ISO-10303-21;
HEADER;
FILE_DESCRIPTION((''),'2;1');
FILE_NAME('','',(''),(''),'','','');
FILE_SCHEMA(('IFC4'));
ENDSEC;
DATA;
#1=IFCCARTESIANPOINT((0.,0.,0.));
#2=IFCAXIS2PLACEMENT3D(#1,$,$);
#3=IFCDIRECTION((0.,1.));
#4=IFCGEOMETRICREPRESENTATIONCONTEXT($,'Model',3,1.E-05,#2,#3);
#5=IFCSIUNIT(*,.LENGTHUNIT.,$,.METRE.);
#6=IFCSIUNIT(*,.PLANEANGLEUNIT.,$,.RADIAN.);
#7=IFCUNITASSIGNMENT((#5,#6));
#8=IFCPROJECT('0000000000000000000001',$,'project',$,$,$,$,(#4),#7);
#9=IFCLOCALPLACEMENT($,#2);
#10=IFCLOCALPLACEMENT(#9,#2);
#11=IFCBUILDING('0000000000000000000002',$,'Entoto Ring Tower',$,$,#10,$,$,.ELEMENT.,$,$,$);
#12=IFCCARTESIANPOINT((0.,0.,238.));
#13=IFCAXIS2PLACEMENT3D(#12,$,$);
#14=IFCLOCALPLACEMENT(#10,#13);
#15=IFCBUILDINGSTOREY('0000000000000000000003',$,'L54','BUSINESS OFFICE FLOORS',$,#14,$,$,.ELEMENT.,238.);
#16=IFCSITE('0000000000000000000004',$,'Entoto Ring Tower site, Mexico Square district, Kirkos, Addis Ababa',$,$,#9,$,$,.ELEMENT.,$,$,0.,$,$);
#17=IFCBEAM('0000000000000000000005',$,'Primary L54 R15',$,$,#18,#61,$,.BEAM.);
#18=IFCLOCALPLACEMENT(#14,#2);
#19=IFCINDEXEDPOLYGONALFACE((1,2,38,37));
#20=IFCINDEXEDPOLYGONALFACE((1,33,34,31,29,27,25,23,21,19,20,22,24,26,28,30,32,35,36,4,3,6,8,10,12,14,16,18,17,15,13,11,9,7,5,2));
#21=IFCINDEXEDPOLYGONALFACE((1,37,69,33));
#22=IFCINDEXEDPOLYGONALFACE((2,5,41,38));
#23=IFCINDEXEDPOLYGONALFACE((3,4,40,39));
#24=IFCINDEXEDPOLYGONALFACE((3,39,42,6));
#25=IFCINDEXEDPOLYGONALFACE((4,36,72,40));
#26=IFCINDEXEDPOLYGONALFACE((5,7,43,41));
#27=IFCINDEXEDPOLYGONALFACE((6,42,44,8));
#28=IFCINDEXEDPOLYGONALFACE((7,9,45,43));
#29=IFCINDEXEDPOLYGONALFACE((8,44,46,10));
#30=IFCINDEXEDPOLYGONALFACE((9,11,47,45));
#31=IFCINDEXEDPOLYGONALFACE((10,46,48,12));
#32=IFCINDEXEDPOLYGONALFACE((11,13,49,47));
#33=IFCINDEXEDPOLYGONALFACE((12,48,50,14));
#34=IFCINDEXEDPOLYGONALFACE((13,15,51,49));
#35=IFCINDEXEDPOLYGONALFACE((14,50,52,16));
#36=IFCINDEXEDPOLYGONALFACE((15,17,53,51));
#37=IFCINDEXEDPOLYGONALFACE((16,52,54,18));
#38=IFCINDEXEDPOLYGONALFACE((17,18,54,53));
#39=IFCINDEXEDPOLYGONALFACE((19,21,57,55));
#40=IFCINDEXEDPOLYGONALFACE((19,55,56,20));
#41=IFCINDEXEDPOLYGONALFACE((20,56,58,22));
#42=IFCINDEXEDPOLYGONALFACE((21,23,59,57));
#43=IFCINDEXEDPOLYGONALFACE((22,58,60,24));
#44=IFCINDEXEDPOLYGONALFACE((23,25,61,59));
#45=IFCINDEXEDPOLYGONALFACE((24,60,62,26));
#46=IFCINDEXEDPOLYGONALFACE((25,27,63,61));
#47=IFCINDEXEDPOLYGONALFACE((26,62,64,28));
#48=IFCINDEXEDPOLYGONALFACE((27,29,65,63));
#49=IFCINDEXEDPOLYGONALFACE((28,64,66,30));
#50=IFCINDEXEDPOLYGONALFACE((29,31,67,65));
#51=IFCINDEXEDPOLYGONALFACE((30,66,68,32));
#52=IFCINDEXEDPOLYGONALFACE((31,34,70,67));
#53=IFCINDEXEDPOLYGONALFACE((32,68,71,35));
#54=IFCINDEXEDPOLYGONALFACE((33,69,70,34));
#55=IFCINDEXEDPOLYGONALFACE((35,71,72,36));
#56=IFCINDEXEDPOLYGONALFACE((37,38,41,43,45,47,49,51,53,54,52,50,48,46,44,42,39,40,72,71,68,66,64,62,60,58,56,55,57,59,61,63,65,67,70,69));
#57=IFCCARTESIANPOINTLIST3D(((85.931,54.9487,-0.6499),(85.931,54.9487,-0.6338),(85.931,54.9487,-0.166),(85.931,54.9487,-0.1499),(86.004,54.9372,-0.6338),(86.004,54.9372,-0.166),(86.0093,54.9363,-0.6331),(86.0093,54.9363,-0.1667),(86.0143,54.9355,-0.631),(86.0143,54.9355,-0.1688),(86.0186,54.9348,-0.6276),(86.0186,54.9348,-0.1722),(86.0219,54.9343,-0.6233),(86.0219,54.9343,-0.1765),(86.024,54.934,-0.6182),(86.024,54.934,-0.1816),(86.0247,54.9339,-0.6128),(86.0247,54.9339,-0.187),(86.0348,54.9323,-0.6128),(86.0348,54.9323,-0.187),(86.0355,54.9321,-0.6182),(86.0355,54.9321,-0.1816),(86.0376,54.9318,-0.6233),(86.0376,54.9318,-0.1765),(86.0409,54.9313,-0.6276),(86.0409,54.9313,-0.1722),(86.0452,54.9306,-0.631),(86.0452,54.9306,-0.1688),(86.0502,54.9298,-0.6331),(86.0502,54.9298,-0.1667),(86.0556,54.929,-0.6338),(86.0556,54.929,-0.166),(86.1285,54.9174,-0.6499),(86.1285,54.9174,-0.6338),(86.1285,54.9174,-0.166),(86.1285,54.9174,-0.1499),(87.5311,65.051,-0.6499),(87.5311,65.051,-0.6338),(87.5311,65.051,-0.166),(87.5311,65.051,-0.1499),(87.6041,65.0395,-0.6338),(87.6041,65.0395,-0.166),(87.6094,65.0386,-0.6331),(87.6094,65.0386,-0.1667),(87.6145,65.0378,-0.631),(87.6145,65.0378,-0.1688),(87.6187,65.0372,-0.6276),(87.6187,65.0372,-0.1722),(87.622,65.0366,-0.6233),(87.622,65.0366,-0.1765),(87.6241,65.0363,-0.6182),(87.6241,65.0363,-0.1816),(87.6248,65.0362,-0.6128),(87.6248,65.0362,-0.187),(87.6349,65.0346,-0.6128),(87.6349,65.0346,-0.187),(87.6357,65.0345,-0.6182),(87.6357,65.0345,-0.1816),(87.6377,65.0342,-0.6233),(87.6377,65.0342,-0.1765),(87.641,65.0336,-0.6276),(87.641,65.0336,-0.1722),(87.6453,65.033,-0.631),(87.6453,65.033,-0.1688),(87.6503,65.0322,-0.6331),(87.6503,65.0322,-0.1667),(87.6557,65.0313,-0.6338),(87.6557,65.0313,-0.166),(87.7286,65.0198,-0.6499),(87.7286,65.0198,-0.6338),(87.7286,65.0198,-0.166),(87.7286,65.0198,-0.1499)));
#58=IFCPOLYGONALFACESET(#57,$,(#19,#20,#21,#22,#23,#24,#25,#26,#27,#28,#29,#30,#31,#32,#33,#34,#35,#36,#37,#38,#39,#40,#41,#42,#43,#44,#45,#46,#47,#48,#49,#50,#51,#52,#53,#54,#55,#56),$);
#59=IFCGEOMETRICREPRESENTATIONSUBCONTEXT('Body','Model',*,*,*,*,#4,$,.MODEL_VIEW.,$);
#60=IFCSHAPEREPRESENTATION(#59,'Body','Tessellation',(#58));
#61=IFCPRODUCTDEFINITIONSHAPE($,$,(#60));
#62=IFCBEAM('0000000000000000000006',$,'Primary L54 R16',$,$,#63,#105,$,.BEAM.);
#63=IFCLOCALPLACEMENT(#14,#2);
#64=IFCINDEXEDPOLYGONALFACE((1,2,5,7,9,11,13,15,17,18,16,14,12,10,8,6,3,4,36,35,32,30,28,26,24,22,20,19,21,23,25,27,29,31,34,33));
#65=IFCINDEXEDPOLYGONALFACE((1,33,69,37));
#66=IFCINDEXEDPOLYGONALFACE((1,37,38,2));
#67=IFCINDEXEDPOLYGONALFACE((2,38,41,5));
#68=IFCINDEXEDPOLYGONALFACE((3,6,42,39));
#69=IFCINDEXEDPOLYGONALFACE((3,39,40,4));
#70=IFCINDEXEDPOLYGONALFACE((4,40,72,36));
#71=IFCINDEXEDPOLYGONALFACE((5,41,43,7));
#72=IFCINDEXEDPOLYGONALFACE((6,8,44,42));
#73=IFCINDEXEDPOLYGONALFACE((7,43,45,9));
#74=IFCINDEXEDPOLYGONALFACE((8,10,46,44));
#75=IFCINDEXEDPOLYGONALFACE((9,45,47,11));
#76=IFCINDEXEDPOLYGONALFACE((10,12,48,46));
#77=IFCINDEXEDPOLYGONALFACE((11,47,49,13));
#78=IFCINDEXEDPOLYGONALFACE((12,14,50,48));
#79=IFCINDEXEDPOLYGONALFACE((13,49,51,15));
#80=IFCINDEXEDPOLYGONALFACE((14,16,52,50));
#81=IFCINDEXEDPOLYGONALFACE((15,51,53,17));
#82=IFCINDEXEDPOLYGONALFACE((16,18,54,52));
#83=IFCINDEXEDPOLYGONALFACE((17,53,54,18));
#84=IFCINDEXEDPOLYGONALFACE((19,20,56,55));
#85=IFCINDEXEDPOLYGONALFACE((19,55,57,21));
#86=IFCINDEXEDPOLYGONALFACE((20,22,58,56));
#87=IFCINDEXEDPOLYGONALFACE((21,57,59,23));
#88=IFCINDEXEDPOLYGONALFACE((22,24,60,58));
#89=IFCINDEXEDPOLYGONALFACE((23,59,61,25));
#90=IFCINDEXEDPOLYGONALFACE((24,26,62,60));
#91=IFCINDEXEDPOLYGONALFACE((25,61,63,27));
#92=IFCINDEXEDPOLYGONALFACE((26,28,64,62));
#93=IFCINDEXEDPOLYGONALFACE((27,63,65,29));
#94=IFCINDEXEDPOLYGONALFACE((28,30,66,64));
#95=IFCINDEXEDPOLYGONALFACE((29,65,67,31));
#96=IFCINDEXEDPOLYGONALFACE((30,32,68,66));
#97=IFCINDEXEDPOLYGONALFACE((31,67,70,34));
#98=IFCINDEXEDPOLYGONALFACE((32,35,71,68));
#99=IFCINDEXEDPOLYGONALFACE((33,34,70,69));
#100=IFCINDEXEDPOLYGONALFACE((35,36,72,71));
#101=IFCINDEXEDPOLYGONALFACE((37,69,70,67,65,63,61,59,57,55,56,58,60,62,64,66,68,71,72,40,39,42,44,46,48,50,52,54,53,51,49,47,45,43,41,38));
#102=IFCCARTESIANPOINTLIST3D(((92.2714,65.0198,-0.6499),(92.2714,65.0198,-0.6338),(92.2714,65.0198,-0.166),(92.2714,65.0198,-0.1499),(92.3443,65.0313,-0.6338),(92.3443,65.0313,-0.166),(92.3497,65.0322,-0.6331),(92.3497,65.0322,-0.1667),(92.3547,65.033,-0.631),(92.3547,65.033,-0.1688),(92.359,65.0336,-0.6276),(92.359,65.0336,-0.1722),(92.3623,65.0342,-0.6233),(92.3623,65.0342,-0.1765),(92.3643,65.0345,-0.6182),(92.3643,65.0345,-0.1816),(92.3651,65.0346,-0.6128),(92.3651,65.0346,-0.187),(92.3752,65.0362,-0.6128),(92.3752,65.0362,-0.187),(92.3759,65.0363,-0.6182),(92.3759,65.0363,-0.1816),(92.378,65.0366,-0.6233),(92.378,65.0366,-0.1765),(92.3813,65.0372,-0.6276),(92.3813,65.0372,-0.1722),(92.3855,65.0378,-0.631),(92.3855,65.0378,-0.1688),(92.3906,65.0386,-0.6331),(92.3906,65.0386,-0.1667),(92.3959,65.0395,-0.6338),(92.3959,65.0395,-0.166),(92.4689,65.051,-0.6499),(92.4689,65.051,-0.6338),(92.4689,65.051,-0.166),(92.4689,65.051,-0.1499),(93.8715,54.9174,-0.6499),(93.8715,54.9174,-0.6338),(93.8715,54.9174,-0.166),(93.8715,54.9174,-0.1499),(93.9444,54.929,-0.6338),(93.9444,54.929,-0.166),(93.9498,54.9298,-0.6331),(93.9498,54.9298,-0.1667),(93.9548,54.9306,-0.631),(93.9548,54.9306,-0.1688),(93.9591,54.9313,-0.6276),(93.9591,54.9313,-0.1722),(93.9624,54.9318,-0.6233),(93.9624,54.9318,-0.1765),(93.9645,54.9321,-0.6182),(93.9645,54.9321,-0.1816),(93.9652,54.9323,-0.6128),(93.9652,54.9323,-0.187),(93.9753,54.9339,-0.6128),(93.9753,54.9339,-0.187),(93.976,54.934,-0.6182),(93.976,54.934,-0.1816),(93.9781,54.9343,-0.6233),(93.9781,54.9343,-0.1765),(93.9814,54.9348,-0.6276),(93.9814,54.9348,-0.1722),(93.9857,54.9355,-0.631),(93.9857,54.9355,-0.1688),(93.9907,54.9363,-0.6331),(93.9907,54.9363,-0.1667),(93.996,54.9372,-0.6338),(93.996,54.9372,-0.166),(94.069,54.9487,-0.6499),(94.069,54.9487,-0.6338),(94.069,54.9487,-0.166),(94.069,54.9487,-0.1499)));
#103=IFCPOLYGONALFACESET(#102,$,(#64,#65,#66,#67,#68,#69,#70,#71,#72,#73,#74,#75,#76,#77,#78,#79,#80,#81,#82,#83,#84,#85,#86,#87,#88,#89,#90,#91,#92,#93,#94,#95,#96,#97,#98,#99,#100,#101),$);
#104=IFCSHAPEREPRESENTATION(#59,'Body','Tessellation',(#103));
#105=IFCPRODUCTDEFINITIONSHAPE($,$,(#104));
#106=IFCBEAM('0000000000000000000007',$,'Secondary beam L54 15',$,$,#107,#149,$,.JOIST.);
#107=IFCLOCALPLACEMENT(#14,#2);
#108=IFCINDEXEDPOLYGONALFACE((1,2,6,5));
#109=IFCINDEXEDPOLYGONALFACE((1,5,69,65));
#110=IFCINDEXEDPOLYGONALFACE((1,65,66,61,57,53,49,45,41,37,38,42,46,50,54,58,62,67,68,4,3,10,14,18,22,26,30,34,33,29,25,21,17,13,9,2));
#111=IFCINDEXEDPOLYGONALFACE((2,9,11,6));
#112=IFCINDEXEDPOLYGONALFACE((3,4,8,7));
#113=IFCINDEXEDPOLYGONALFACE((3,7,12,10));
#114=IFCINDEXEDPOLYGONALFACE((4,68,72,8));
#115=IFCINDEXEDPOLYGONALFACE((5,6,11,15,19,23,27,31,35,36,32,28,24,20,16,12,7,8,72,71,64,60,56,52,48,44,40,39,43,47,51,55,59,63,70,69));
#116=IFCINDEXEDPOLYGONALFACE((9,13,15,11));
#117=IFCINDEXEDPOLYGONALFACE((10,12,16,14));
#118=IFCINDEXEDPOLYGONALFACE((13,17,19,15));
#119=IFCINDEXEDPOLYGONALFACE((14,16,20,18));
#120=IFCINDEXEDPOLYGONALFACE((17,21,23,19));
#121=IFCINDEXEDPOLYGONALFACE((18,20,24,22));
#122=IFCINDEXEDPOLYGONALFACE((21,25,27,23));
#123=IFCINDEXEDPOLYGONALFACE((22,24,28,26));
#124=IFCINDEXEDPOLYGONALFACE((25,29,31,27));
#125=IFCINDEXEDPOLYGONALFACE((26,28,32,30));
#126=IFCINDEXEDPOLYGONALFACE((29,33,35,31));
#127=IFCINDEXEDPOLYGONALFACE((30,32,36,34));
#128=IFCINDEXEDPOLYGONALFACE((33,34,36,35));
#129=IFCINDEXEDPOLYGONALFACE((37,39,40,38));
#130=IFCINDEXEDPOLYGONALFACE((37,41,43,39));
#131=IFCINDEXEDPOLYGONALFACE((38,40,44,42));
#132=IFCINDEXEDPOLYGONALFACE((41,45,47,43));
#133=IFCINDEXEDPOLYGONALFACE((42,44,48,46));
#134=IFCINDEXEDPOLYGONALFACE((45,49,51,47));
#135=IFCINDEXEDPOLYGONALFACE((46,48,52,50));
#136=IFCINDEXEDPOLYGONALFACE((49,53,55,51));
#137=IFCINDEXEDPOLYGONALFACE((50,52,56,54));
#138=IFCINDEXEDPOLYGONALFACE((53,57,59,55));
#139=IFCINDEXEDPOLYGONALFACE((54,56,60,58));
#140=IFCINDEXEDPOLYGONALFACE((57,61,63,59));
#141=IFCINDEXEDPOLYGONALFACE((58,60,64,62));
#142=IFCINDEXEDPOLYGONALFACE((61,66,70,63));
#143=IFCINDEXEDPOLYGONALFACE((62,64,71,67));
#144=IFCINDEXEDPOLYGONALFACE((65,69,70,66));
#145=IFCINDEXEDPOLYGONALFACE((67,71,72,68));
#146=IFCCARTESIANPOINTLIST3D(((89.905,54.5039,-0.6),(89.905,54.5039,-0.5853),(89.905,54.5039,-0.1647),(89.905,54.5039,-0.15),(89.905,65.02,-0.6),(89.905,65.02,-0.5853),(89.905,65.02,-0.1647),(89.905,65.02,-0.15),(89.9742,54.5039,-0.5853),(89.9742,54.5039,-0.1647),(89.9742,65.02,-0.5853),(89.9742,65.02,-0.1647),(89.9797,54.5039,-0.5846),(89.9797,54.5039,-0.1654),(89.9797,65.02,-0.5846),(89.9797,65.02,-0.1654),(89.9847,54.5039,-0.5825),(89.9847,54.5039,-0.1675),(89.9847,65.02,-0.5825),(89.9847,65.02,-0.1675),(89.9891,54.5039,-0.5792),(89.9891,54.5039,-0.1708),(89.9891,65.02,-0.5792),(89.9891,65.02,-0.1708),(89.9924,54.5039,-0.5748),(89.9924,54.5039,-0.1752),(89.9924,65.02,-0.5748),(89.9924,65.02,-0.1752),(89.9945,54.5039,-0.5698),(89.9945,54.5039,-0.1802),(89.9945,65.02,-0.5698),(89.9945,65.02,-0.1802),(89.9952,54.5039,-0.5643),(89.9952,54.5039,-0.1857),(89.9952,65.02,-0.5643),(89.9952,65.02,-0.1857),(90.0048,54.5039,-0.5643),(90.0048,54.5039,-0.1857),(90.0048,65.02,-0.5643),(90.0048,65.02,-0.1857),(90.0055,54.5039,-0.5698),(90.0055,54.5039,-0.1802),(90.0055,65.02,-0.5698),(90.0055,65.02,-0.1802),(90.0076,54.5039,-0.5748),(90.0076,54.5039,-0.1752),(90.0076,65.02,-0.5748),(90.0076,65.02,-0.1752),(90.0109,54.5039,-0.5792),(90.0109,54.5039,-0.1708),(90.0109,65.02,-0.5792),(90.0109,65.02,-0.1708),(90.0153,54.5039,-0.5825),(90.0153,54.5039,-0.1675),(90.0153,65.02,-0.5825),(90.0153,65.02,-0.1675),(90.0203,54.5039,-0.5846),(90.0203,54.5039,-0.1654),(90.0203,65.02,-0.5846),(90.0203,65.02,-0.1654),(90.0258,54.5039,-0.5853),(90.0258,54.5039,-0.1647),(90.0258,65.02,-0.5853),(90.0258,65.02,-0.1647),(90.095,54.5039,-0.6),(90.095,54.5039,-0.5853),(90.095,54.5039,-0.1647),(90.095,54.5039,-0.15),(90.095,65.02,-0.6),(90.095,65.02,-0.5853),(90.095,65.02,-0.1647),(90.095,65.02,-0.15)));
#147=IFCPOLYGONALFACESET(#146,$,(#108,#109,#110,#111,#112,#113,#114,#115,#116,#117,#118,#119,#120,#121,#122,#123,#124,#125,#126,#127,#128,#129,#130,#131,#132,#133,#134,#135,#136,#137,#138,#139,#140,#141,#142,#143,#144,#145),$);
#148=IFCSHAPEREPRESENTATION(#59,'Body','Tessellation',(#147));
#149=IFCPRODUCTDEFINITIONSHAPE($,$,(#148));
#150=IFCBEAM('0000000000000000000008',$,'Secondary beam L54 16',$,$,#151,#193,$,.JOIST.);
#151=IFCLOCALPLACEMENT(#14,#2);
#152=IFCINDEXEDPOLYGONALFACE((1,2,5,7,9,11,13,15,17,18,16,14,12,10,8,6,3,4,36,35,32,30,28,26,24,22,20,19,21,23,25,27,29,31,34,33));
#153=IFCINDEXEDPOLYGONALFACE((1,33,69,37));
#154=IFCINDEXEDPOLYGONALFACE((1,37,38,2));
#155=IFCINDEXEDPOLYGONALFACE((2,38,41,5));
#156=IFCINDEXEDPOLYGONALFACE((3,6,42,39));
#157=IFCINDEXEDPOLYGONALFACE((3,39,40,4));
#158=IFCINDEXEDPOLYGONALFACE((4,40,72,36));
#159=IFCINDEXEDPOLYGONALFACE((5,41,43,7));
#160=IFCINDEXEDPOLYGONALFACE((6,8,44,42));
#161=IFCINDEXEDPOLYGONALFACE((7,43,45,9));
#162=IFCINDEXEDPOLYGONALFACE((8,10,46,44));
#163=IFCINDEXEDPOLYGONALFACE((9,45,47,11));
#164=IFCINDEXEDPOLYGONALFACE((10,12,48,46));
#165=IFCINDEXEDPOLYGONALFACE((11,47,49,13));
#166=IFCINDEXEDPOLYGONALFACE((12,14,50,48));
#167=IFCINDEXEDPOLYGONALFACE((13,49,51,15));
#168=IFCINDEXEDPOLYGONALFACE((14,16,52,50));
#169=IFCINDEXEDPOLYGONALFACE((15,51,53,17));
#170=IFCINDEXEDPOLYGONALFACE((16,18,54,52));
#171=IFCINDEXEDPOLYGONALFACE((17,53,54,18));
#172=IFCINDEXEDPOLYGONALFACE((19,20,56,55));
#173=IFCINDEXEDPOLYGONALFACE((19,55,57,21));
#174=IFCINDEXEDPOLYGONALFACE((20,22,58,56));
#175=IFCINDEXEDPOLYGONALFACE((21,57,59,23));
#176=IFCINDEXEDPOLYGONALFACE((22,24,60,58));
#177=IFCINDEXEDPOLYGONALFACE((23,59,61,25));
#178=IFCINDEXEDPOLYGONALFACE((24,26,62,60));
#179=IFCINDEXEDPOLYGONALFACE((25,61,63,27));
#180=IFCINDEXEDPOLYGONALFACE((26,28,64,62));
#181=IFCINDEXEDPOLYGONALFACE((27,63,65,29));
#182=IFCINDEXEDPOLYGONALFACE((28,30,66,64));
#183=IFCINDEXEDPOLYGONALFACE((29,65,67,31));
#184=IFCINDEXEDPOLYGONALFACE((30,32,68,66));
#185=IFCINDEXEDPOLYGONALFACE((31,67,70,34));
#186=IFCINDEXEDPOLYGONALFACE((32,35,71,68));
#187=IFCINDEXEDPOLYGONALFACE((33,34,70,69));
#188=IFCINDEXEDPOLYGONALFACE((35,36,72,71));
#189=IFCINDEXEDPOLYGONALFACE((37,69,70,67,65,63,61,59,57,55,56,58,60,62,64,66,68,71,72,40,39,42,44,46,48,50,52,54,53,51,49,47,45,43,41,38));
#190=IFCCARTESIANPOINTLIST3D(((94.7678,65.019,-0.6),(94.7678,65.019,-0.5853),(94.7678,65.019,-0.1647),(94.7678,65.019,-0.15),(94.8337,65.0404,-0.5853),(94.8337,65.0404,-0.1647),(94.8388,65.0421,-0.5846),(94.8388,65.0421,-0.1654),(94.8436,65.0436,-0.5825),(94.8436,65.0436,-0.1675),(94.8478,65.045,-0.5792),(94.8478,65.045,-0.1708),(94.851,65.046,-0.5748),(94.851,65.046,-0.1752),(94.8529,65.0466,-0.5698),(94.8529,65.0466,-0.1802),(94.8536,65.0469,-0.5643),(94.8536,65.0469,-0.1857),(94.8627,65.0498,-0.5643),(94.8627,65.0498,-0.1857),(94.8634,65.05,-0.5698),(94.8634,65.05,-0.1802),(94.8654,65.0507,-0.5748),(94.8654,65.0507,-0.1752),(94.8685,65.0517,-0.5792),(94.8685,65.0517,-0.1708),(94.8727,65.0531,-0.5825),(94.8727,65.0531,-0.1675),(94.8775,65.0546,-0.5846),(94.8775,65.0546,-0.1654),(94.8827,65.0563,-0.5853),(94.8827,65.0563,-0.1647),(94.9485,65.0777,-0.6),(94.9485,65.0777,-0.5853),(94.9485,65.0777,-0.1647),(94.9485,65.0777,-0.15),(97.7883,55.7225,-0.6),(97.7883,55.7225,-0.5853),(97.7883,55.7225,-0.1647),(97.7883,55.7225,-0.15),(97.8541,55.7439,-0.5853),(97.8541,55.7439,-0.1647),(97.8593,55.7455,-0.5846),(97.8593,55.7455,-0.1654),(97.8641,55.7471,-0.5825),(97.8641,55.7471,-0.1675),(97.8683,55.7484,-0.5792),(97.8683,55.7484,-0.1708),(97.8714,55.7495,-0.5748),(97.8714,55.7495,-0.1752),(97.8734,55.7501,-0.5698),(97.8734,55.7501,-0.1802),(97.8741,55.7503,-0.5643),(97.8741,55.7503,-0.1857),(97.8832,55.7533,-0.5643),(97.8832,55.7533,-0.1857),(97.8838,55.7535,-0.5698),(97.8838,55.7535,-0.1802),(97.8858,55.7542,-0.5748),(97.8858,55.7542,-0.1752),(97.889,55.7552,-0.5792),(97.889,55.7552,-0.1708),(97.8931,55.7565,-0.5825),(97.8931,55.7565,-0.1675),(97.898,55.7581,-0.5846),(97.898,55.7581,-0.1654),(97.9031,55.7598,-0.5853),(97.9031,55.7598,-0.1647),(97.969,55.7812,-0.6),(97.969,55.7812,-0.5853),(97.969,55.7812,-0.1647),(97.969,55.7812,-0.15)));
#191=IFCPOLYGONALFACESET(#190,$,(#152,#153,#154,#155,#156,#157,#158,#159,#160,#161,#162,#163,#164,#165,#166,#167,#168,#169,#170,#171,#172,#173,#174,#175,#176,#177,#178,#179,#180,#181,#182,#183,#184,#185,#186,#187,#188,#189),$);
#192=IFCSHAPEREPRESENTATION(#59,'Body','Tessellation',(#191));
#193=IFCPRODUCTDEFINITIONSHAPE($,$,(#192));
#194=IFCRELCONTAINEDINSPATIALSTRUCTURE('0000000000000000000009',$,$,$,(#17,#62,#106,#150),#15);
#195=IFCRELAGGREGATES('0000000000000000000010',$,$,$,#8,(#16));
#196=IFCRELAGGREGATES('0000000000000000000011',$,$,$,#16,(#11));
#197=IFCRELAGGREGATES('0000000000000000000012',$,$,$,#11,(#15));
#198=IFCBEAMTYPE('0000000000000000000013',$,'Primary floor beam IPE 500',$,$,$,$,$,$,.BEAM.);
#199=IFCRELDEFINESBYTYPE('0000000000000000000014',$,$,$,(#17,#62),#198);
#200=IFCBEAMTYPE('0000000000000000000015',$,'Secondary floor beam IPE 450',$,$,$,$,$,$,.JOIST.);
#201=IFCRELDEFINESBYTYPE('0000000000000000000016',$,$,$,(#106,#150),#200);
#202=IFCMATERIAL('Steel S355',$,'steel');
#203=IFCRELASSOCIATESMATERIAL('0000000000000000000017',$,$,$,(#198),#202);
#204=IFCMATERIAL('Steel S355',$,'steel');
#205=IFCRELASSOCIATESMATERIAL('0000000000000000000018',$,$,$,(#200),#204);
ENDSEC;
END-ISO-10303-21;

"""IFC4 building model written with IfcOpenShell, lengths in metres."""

from ifc_helpers import new_model, si_unit, direction, frame, origin, origin_2d, place, context, subcontext, project, spatial, i_section, extrude, material, material_profile, profile_set, type_object, element, save


model = new_model("IFC4")

# Units and contexts
model_context = context("Model", 3, precision=1e-05, world=origin(), true_north=direction((0.0, 1.0)))
body_context = subcontext(model_context, "Body", "Model", "MODEL_VIEW")
ifc_project = project(units=[si_unit("LENGTHUNIT", "METRE"), si_unit("PLANEANGLEUNIT", "RADIAN")], contexts=[model_context])

# Site, building, storey
site_placement = place(None, origin())
site = spatial("IfcSite", under=ifc_project, at=site_placement, Name="Entoto Ring Tower site, Mexico Square district, Kirkos, Addis Ababa", CompositionType="ELEMENT", RefElevation=0.0)
building_placement = place(site_placement, origin())
building = spatial("IfcBuilding", under=site, at=building_placement, Name="Entoto Ring Tower", CompositionType="ELEMENT")
storey_placement = place(building_placement, frame((0.0, 0.0, 238.0)))
storey = spatial("IfcBuildingStorey", under=building, at=storey_placement, Name="L54", Description="BUSINESS OFFICE FLOORS", CompositionType="ELEMENT", Elevation=238.0)

# Beams
ifc_material_1 = material(Name="Steel S355", Category="steel")
ifc_material_profile_1 = material_profile(ifc_material_1, i_section(OverallWidth=0.2, OverallDepth=0.5, WebThickness=0.0103, FlangeThickness=0.0161, FilletRadius=0.021, at=origin_2d()), Name="IPE 500")
ifc_profile_set_1 = profile_set([ifc_material_profile_1], Name="Steel S355")
beam_type_1 = type_object("IfcBeamType", Name="Primary floor beam IPE 500", PredefinedType="BEAM", material=ifc_profile_set_1)
for number, where, z_axis, x_axis, name in (
    (1, (87.6299, 65.0354, -0.3999), (-0.156439, -0.987688, 0.0), (0.987688, -0.156439, 0.0), "Primary L54 R15"),
    (2, (92.3701, 65.0354, -0.3999), (0.156439, -0.987688, 0.0), (0.987688, 0.156439, 0.0), "Primary L54 R16"),
):
    element("IfcBeam", number, at=place(storey_placement, frame(where, z_axis=z_axis, x_axis=x_axis)), inside=storey, type_object=beam_type_1, Name=name, PredefinedType="BEAM", context=body_context, shape_type="SweptSolid", body=[
        extrude(i_section(OverallWidth=0.2, OverallDepth=0.5, WebThickness=0.0103, FlangeThickness=0.0161, FilletRadius=0.021, at=origin_2d()), origin(), (0.0, 0.0, 1.0), 10.2283),
    ])
ifc_material_2 = material(Name="Steel S355", Category="steel")
ifc_material_profile_2 = material_profile(ifc_material_2, i_section(OverallWidth=0.1899, OverallDepth=0.45, WebThickness=0.0095, FlangeThickness=0.0146, FilletRadius=0.021, at=origin_2d()), Name="IPE 450")
ifc_profile_set_2 = profile_set([ifc_material_profile_2], Name="Steel S355")
beam_type_2 = type_object("IfcBeamType", Name="Secondary floor beam IPE 450", PredefinedType="JOIST", material=ifc_profile_set_2)
beam_1_placement = place(storey_placement, frame((90.0, 65.02, -0.375), z_axis=(0.0, -1.0, 0.0), x_axis=(1.0, 0.0, 0.0)))
element("IfcBeam", 3, at=beam_1_placement, inside=storey, type_object=beam_type_2, Name="Secondary beam L54 15", PredefinedType="JOIST", context=body_context, shape_type="SweptSolid", body=[
    extrude(i_section(OverallWidth=0.1899, OverallDepth=0.45, WebThickness=0.0095, FlangeThickness=0.0146, FilletRadius=0.021, at=origin_2d()), origin(), (0.0, 0.0, 1.0), 10.5161),
])
beam_2_placement = place(storey_placement, frame((94.8582, 65.0483, -0.375), z_axis=(0.309003, -0.951061, 0.0), x_axis=(0.951061, 0.309003, 0.0)))
element("IfcBeam", 4, at=beam_2_placement, inside=storey, type_object=beam_type_2, Name="Secondary beam L54 16", PredefinedType="JOIST", context=body_context, shape_type="SweptSolid", body=[
    extrude(i_section(OverallWidth=0.1899, OverallDepth=0.45, WebThickness=0.0095, FlangeThickness=0.0146, FilletRadius=0.021, at=origin_2d()), origin(), (0.0, 0.0, 1.0), 9.7749),
])

save(model, "model.ifc")
